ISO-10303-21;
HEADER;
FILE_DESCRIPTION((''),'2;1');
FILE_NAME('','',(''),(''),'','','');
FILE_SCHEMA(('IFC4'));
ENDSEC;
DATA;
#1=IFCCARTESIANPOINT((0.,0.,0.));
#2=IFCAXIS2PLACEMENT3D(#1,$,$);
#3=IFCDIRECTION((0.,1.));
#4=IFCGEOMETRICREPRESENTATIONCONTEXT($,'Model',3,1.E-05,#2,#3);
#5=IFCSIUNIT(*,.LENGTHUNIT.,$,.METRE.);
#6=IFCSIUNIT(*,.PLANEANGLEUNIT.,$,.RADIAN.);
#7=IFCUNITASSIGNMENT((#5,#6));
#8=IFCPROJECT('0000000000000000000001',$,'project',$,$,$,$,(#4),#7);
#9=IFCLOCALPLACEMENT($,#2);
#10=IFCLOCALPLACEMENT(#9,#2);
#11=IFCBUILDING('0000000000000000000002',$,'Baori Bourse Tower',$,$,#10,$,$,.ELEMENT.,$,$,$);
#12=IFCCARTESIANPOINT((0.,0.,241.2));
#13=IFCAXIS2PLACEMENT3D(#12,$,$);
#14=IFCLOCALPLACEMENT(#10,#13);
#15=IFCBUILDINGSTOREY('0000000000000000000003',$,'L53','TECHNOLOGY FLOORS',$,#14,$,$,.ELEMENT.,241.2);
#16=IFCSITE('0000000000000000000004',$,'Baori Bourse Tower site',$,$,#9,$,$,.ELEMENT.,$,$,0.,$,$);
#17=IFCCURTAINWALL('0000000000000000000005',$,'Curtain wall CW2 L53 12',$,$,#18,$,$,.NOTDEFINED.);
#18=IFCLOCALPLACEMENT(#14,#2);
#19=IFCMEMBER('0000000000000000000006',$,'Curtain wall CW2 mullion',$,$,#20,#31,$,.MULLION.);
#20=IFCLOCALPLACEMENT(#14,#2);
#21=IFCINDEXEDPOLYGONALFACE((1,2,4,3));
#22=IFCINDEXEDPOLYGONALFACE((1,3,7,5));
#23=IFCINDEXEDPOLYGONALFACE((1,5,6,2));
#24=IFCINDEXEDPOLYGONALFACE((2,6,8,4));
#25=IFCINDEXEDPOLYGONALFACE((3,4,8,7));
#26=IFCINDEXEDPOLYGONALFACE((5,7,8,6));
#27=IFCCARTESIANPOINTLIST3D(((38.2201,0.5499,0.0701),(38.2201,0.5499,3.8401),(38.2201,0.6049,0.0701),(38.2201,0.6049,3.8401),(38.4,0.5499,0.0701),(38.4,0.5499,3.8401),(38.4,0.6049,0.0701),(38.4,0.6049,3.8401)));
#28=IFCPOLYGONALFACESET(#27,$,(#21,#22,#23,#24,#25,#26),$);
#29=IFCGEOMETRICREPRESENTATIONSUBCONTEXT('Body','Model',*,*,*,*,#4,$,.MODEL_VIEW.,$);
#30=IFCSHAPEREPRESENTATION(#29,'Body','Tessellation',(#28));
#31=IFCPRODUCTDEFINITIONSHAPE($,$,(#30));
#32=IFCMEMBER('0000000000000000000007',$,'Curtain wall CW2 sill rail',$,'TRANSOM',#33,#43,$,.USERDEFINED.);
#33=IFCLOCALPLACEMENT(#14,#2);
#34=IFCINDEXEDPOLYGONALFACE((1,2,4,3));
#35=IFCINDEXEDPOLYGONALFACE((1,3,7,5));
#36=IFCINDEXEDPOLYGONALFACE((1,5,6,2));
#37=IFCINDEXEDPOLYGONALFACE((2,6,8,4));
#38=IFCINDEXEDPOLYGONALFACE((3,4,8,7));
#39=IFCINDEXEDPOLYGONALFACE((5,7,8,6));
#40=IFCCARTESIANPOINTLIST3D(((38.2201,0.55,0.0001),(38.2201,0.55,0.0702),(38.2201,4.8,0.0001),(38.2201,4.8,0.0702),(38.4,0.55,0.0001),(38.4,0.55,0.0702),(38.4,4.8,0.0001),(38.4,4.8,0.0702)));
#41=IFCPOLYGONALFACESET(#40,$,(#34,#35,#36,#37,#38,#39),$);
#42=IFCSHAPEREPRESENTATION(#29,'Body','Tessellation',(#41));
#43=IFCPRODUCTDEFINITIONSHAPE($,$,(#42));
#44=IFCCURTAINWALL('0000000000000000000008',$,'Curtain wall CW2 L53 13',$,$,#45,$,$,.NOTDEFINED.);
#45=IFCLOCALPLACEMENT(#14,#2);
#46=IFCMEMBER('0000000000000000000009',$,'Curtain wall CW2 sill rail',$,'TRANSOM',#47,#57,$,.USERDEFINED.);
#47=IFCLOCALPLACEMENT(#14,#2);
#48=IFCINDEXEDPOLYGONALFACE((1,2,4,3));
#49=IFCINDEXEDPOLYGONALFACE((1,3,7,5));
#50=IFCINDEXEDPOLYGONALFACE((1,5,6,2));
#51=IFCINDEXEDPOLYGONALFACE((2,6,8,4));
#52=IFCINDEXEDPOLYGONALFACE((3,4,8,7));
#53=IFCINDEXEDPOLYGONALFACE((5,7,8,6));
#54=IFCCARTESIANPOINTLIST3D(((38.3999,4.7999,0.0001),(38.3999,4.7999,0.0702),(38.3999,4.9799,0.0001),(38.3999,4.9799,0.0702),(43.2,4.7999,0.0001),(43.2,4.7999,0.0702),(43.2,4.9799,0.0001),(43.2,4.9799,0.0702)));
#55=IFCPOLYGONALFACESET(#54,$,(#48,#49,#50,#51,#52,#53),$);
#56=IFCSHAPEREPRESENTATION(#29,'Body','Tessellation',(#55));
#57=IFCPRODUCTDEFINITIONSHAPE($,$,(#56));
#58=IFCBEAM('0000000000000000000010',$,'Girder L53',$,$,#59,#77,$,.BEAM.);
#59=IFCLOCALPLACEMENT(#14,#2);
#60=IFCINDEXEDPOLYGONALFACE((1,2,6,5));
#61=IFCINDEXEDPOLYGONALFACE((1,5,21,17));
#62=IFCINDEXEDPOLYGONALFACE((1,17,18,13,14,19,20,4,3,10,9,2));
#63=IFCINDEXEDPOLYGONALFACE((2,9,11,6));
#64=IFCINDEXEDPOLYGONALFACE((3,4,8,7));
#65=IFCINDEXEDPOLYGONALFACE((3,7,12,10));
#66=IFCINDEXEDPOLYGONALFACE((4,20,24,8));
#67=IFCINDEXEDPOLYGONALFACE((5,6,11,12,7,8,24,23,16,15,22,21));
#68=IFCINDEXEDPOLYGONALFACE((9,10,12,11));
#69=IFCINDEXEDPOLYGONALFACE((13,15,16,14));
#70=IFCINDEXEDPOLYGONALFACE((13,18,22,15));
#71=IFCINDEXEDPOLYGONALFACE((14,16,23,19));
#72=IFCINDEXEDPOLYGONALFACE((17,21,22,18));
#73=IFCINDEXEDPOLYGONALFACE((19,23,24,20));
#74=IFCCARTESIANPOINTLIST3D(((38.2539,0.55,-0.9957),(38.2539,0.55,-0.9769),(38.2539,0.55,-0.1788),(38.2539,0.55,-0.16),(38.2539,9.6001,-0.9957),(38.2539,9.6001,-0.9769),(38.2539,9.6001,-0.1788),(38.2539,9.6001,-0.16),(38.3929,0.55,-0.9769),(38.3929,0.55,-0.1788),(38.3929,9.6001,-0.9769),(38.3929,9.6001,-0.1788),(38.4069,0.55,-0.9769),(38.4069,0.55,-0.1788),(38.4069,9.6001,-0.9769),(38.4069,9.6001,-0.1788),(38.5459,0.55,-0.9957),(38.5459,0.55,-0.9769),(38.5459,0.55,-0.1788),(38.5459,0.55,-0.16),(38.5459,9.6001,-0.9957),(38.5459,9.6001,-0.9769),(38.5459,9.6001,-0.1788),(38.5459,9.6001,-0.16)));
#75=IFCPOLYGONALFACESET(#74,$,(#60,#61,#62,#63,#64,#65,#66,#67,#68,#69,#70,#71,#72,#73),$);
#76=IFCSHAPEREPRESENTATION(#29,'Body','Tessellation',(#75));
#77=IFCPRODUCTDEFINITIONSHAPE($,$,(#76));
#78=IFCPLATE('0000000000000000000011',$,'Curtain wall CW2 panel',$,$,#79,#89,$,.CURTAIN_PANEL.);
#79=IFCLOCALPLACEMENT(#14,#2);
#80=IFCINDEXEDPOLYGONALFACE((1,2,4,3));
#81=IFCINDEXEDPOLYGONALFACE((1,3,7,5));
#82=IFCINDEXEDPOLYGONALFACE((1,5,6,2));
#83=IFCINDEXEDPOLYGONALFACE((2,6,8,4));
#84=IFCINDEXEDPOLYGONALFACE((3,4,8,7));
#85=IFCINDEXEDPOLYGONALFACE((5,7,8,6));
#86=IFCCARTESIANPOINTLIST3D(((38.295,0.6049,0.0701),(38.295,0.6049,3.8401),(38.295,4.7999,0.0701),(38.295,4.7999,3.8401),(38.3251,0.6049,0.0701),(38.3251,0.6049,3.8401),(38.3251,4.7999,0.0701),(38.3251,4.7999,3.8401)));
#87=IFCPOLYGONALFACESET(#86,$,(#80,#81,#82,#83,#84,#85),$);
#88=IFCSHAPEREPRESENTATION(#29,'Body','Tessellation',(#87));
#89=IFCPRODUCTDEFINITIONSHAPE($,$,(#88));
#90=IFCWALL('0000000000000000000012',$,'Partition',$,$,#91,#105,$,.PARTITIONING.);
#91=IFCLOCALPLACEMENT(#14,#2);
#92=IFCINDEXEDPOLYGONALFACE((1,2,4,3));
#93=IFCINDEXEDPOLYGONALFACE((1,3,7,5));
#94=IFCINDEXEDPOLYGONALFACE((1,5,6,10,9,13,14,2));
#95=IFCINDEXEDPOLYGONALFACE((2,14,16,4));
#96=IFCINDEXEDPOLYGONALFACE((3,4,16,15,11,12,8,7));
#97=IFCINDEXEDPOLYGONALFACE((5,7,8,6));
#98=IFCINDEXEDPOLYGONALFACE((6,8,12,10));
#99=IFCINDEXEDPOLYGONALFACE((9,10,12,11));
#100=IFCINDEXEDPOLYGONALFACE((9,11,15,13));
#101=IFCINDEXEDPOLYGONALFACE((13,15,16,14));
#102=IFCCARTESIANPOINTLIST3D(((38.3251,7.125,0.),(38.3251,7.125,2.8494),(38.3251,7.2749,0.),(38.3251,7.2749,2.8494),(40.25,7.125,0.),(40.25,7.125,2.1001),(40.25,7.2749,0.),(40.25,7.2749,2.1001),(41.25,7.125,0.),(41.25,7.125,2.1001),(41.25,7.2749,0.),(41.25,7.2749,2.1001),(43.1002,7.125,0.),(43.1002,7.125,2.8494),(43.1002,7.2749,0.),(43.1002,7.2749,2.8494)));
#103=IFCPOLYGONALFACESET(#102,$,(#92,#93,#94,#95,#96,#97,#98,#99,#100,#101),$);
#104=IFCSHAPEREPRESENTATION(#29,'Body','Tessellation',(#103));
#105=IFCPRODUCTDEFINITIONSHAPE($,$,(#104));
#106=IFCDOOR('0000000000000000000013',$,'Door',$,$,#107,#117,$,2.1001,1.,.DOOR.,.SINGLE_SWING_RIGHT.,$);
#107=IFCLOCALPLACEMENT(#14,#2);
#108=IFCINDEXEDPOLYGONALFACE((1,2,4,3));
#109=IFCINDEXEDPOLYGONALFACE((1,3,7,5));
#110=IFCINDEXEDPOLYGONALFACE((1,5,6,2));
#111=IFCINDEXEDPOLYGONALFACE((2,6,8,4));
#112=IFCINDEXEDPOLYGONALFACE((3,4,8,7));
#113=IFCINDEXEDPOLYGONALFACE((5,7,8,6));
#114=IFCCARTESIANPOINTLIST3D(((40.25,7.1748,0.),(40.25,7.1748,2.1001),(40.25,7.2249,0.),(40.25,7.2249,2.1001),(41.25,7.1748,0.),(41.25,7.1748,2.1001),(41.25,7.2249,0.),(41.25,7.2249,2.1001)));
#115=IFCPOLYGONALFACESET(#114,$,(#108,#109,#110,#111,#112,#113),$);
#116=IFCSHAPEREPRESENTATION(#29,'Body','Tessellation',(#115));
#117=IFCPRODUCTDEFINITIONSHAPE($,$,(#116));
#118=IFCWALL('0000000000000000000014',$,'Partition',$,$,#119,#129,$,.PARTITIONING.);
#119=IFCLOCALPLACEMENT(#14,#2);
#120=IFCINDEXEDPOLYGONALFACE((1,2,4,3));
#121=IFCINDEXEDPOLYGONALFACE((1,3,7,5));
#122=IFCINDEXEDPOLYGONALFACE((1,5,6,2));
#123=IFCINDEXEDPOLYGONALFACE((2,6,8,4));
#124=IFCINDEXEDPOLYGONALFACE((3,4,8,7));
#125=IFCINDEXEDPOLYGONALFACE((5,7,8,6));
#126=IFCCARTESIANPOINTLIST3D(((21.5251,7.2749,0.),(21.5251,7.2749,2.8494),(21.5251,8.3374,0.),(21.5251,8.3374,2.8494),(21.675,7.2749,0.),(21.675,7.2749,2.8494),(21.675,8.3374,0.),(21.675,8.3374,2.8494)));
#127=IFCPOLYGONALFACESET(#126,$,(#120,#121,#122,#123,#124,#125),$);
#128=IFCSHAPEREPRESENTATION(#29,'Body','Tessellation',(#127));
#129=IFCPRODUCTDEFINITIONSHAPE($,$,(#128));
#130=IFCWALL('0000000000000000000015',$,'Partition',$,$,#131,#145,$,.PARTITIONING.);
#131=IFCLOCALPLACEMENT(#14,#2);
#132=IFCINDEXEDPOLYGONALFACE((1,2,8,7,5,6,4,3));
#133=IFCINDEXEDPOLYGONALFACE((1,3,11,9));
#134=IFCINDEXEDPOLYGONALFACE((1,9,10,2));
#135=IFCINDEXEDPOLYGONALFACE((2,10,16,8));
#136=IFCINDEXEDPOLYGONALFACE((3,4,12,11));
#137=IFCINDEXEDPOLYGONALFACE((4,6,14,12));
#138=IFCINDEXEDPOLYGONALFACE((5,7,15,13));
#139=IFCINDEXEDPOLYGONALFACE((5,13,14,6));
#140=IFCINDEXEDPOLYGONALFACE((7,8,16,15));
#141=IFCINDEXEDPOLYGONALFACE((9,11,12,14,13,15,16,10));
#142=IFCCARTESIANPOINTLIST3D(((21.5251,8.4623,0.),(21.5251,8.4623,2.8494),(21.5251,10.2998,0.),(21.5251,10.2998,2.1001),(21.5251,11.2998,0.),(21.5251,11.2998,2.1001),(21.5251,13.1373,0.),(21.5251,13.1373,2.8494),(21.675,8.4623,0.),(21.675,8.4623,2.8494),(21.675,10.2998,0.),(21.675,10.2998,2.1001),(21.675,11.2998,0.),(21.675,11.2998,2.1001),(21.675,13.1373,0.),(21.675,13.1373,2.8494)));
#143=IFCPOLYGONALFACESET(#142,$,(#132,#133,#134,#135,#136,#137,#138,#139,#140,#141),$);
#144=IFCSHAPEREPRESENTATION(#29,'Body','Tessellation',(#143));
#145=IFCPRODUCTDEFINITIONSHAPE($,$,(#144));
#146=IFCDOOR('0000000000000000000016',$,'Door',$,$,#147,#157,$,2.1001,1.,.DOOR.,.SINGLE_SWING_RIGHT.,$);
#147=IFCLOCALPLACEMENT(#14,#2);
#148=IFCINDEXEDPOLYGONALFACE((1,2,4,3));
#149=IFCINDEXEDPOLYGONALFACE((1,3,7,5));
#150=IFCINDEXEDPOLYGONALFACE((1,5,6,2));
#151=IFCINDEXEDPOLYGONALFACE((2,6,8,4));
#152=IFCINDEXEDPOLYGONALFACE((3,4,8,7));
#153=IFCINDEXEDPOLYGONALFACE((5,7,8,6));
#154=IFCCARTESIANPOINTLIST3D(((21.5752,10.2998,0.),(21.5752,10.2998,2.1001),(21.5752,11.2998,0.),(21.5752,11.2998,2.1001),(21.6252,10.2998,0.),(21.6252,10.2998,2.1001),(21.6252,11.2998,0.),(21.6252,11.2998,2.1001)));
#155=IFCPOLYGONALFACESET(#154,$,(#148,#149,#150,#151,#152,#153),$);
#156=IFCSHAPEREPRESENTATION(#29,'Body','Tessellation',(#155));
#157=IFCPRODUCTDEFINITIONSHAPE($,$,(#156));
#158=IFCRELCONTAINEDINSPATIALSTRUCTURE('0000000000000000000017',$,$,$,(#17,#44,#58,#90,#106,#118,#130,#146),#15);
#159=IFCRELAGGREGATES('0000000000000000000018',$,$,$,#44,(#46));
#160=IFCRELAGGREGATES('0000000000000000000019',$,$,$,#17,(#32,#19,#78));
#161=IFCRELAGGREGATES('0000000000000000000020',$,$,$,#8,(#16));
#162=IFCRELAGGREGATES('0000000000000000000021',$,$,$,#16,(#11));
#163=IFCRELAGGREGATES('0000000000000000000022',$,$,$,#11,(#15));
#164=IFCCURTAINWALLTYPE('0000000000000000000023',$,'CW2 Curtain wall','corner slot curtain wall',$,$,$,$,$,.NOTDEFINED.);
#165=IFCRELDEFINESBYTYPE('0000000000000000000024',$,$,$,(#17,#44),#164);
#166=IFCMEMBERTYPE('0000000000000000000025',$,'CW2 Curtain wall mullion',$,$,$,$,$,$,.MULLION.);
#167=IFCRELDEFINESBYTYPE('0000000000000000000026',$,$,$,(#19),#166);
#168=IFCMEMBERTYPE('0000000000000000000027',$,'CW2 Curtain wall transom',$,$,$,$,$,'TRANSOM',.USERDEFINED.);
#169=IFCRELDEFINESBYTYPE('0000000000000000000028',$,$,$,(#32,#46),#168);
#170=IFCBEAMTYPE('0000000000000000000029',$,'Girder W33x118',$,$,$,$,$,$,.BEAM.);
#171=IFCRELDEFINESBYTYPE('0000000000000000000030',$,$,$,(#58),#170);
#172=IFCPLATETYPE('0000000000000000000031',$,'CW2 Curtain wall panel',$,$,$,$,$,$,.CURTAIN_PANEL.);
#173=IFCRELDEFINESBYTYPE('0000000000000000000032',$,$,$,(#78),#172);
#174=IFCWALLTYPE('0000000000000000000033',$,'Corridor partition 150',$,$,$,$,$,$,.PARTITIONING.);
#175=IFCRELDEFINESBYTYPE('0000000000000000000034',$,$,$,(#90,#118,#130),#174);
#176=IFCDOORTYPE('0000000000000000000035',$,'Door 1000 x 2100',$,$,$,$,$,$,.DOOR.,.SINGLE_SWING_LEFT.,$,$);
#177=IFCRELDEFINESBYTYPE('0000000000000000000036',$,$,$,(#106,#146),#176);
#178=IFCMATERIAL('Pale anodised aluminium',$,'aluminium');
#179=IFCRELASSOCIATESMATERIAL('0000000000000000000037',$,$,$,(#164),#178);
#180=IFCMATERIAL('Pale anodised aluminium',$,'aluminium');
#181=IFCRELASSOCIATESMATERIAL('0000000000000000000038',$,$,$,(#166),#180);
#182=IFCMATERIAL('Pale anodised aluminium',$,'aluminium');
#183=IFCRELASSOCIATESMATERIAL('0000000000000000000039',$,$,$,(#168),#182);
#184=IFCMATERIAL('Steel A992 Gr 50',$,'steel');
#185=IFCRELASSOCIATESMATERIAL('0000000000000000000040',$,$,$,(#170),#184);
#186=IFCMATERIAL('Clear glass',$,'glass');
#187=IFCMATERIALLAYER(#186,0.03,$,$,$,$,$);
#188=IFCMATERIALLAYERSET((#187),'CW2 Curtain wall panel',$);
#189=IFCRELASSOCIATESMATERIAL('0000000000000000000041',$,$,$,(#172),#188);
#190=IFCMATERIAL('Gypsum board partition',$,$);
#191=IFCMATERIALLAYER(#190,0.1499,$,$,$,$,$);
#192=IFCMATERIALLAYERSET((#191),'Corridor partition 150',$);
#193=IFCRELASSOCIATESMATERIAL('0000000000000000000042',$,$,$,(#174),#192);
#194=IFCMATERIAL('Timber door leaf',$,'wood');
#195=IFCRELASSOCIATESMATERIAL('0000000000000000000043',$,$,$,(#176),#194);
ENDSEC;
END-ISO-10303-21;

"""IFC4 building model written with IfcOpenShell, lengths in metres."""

from ifc_helpers import new_model, si_unit, direction, frame, frame_2d, origin, origin_2d, place, context, subcontext, project, spatial, rectangle, i_section, extrude, material, layer, layer_set, material_profile, profile_set, type_object, element, fill, aggregate, save


model = new_model("IFC4")

# Units and contexts
model_context = context("Model", 3, precision=1e-05, world=origin(), true_north=direction((0.0, 1.0)))
body_context = subcontext(model_context, "Body", "Model", "MODEL_VIEW")
ifc_project = project(units=[si_unit("LENGTHUNIT", "METRE"), si_unit("PLANEANGLEUNIT", "RADIAN")], contexts=[model_context])

# Site, building, storey
site_placement = place(None, origin())
site = spatial("IfcSite", under=ifc_project, at=site_placement, Name="Baori Bourse Tower site", CompositionType="ELEMENT", RefElevation=0.0)
building_placement = place(site_placement, origin())
building = spatial("IfcBuilding", under=site, at=building_placement, Name="Baori Bourse Tower", CompositionType="ELEMENT")
storey_placement = place(building_placement, frame((0.0, 0.0, 241.2)))
storey = spatial("IfcBuildingStorey", under=building, at=storey_placement, Name="L53", Description="TECHNOLOGY FLOORS", CompositionType="ELEMENT", Elevation=241.2)

# Curtain wall, members
ifc_material_1 = material(Name="Pale anodised aluminium", Category="aluminium")
curtain_wall_type = type_object("IfcCurtainWallType", Name="CW2 Curtain wall", Description="corner slot curtain wall", PredefinedType="NOTDEFINED", material=ifc_material_1)
curtain_wall_1_placement = place(storey_placement, origin())
curtain_wall_1 = element("IfcCurtainWall", 1, at=curtain_wall_1_placement, inside=storey, type_object=curtain_wall_type, Name="Curtain wall CW2 L53 12", PredefinedType="NOTDEFINED")
ifc_material_2 = material(Name="Pale anodised aluminium", Category="aluminium")
ifc_material_profile_1 = material_profile(ifc_material_2, rectangle(XDim=0.1799, YDim=0.0549, at=origin_2d()), Name="Mullion 55x180")
ifc_profile_set_1 = profile_set([ifc_material_profile_1], Name="Pale anodised aluminium")
member_type_1 = type_object("IfcMemberType", Name="CW2 Curtain wall mullion", PredefinedType="MULLION", material=ifc_profile_set_1)
member_1_placement = place(storey_placement, frame((38.3101, 0.5774, 0.0701), z_axis=(0.0, 0.0, 1.0), x_axis=(-1.0, 0.0, 0.0)))
member_1 = element("IfcMember", 2, at=member_1_placement, type_object=member_type_1, Name="Curtain wall CW2 mullion", PredefinedType="MULLION", context=body_context, shape_type="SweptSolid", body=[
    extrude(rectangle(XDim=0.1799, YDim=0.0549, at=origin_2d()), origin(), (0.0, 0.0, 1.0), 3.77),
])
ifc_material_3 = material(Name="Pale anodised aluminium", Category="aluminium")
ifc_material_profile_2 = material_profile(ifc_material_3, rectangle(XDim=0.1799, YDim=0.0701, at=origin_2d()), Name="Transom 70x180")
ifc_profile_set_2 = profile_set([ifc_material_profile_2], Name="Pale anodised aluminium")
member_type_2 = type_object("IfcMemberType", Name="CW2 Curtain wall transom", ElementType="TRANSOM", PredefinedType="USERDEFINED", material=ifc_profile_set_2)
member_2_placement = place(storey_placement, frame((38.3101, 0.55, 0.0352), z_axis=(0.0, 1.0, 0.0), x_axis=(-1.0, 0.0, 0.0)))
member_2 = element("IfcMember", 3, at=member_2_placement, type_object=member_type_2, Name="Curtain wall CW2 sill rail", ObjectType="TRANSOM", PredefinedType="USERDEFINED", context=body_context, shape_type="SweptSolid", body=[
    extrude(rectangle(XDim=0.1799, YDim=0.0701, at=origin_2d()), origin(), (0.0, 0.0, 1.0), 4.25),
])

# Curtain wall, member
curtain_wall_2_placement = place(storey_placement, origin())
curtain_wall_2 = element("IfcCurtainWall", 4, at=curtain_wall_2_placement, inside=storey, type_object=curtain_wall_type, Name="Curtain wall CW2 L53 13", PredefinedType="NOTDEFINED")
member_3_placement = place(storey_placement, frame((38.3999, 4.8899, 0.0352), z_axis=(1.0, 0.0, 0.0), x_axis=(0.0, 1.0, 0.0)))
member_3 = element("IfcMember", 5, at=member_3_placement, type_object=member_type_2, Name="Curtain wall CW2 sill rail", ObjectType="TRANSOM", PredefinedType="USERDEFINED", context=body_context, shape_type="SweptSolid", body=[
    extrude(rectangle(XDim=0.1799, YDim=0.0701, at=origin_2d()), origin(), (0.0, 0.0, 1.0), 4.8),
])
aggregate(curtain_wall_2, [member_3])

# Beam
ifc_material_4 = material(Name="Steel A992 Gr 50", Category="steel")
ifc_material_profile_3 = material_profile(ifc_material_4, i_section(OverallWidth=0.292, OverallDepth=0.8357, WebThickness=0.0139, FlangeThickness=0.0188, at=origin_2d()), Name="W33x118")
ifc_profile_set_3 = profile_set([ifc_material_profile_3], Name="Steel A992 Gr 50")
beam_type = type_object("IfcBeamType", Name="Girder W33x118", PredefinedType="BEAM", material=ifc_profile_set_3)
beam_placement = place(storey_placement, frame((38.3999, 0.55, -0.5779), z_axis=(0.0, 1.0, 0.0), x_axis=(-1.0, 0.0, 0.0)))
element("IfcBeam", 6, at=beam_placement, inside=storey, type_object=beam_type, Name="Girder L53", PredefinedType="BEAM", context=body_context, shape_type="SweptSolid", body=[
    extrude(i_section(OverallWidth=0.292, OverallDepth=0.8357, WebThickness=0.0139, FlangeThickness=0.0188, at=origin_2d()), origin(), (0.0, 0.0, 1.0), 9.05),
])

# Plate
ifc_material_5 = material(Name="Clear glass", Category="glass")
ifc_layer_1 = layer(ifc_material_5, 0.03)
ifc_layer_set_1 = layer_set([ifc_layer_1], Name="CW2 Curtain wall panel")
plate_type = type_object("IfcPlateType", Name="CW2 Curtain wall panel", PredefinedType="CURTAIN_PANEL", material=ifc_layer_set_1)
plate_placement = place(storey_placement, frame((38.3101, 2.7024, 0.0701), z_axis=(0.0, 0.0, 1.0), x_axis=(0.0, 1.0, 0.0)))
plate = element("IfcPlate", 7, at=plate_placement, type_object=plate_type, Name="Curtain wall CW2 panel", PredefinedType="CURTAIN_PANEL", context=body_context, shape_type="SweptSolid", body=[
    extrude(rectangle(XDim=4.1951, YDim=0.03, at=origin_2d()), origin(), (0.0, 0.0, 1.0), 3.77),
])
aggregate(curtain_wall_1, [member_2, member_1, plate])

# Wall, opening, door
ifc_material_6 = material(Name="Gypsum board partition")
ifc_layer_2 = layer(ifc_material_6, 0.1499)
ifc_layer_set_2 = layer_set([ifc_layer_2], Name="Corridor partition 150")
wall_type_1 = type_object("IfcWallType", Name="Corridor partition 150", PredefinedType="PARTITIONING", material=ifc_layer_set_2)
wall_1_placement = place(storey_placement, frame((38.325, 7.2, 0.0), z_axis=(0.0, 0.0, 1.0), x_axis=(1.0, 0.0, 0.0)))
wall_1 = element("IfcWall", 8, at=wall_1_placement, inside=storey, type_object=wall_type_1, Name="Partition", PredefinedType="PARTITIONING", context=body_context, shape_type="SweptSolid", body=[
    extrude(rectangle(XDim=4.7751, YDim=0.1499, at=frame_2d((2.3877, 0.0))), origin(), (0.0, 0.0, 1.0), 2.8494),
])
opening_1_placement = place(wall_1_placement, frame((1.925, 0.0, 0.0)))
opening_1 = element("IfcOpeningElement", 9, at=opening_1_placement, cuts=wall_1, PredefinedType="OPENING", context=body_context, shape_type="SweptSolid", body=[
    extrude(rectangle(XDim=1.0, YDim=2.1001, at=frame_2d((0.5, 1.05))), frame((0.0, 0.085, 0.0), z_axis=(0.0, -1.0, 0.0), x_axis=(1.0, 0.0, 0.0)), (0.0, 0.0, 1.0), 0.1699),
])
ifc_material_7 = material(Name="Timber door leaf", Category="wood")
door_type = type_object("IfcDoorType", Name="Door 1000 x 2100", OperationType="SINGLE_SWING_LEFT", PredefinedType="DOOR", material=ifc_material_7)
door_1_placement = place(opening_1_placement, origin())
door_1 = element("IfcDoor", 10, at=door_1_placement, inside=storey, type_object=door_type, Name="Door", OperationType="SINGLE_SWING_RIGHT", OverallHeight=2.1001, OverallWidth=1.0, PredefinedType="DOOR", context=body_context, shape_type="SweptSolid", body=[
    extrude(rectangle(XDim=1.0, YDim=2.1001, at=frame_2d((0.5, 1.05))), frame((0.0, 0.0249, 0.0), z_axis=(0.0, -1.0, 0.0), x_axis=(1.0, 0.0, 0.0)), (0.0, 0.0, 1.0), 0.05),
])
fill(opening_1, door_1)

# Wall
wall_2_placement = place(storey_placement, frame((21.6001, 7.2749, 0.0), z_axis=(0.0, 0.0, 1.0), x_axis=(0.0, 1.0, 0.0)))
element("IfcWall", 11, at=wall_2_placement, inside=storey, type_object=wall_type_1, Name="Partition", PredefinedType="PARTITIONING", context=body_context, shape_type="SweptSolid", body=[
    extrude(rectangle(XDim=1.0625, YDim=0.1499, at=frame_2d((0.5312, 0.0))), origin(), (0.0, 0.0, 1.0), 2.8494),
])

# Wall, opening, door
wall_3_placement = place(storey_placement, frame((21.6001, 8.4624, 0.0), z_axis=(0.0, 0.0, 1.0), x_axis=(0.0, 1.0, 0.0)))
wall_3 = element("IfcWall", 12, at=wall_3_placement, inside=storey, type_object=wall_type_1, Name="Partition", PredefinedType="PARTITIONING", context=body_context, shape_type="SweptSolid", body=[
    extrude(rectangle(XDim=4.675, YDim=0.1499, at=frame_2d((2.3374, 0.0))), origin(), (0.0, 0.0, 1.0), 2.8494),
])
opening_2_placement = place(wall_3_placement, frame((1.8374, 0.0, 0.0)))
opening_2 = element("IfcOpeningElement", 13, at=opening_2_placement, cuts=wall_3, PredefinedType="OPENING", context=body_context, shape_type="SweptSolid", body=[
    extrude(rectangle(XDim=1.0, YDim=2.1001, at=frame_2d((0.5, 1.05))), frame((0.0, 0.085, 0.0), z_axis=(0.0, -1.0, 0.0), x_axis=(1.0, 0.0, 0.0)), (0.0, 0.0, 1.0), 0.1699),
])
door_2_placement = place(opening_2_placement, origin())
door_2 = element("IfcDoor", 14, at=door_2_placement, inside=storey, type_object=door_type, Name="Door", OperationType="SINGLE_SWING_RIGHT", OverallHeight=2.1001, OverallWidth=1.0, PredefinedType="DOOR", context=body_context, shape_type="SweptSolid", body=[
    extrude(rectangle(XDim=1.0, YDim=2.1001, at=frame_2d((0.5, 1.05))), frame((0.0, 0.0249, 0.0), z_axis=(0.0, -1.0, 0.0), x_axis=(1.0, 0.0, 0.0)), (0.0, 0.0, 1.0), 0.05),
])
fill(opening_2, door_2)

save(model, "model.ifc")
